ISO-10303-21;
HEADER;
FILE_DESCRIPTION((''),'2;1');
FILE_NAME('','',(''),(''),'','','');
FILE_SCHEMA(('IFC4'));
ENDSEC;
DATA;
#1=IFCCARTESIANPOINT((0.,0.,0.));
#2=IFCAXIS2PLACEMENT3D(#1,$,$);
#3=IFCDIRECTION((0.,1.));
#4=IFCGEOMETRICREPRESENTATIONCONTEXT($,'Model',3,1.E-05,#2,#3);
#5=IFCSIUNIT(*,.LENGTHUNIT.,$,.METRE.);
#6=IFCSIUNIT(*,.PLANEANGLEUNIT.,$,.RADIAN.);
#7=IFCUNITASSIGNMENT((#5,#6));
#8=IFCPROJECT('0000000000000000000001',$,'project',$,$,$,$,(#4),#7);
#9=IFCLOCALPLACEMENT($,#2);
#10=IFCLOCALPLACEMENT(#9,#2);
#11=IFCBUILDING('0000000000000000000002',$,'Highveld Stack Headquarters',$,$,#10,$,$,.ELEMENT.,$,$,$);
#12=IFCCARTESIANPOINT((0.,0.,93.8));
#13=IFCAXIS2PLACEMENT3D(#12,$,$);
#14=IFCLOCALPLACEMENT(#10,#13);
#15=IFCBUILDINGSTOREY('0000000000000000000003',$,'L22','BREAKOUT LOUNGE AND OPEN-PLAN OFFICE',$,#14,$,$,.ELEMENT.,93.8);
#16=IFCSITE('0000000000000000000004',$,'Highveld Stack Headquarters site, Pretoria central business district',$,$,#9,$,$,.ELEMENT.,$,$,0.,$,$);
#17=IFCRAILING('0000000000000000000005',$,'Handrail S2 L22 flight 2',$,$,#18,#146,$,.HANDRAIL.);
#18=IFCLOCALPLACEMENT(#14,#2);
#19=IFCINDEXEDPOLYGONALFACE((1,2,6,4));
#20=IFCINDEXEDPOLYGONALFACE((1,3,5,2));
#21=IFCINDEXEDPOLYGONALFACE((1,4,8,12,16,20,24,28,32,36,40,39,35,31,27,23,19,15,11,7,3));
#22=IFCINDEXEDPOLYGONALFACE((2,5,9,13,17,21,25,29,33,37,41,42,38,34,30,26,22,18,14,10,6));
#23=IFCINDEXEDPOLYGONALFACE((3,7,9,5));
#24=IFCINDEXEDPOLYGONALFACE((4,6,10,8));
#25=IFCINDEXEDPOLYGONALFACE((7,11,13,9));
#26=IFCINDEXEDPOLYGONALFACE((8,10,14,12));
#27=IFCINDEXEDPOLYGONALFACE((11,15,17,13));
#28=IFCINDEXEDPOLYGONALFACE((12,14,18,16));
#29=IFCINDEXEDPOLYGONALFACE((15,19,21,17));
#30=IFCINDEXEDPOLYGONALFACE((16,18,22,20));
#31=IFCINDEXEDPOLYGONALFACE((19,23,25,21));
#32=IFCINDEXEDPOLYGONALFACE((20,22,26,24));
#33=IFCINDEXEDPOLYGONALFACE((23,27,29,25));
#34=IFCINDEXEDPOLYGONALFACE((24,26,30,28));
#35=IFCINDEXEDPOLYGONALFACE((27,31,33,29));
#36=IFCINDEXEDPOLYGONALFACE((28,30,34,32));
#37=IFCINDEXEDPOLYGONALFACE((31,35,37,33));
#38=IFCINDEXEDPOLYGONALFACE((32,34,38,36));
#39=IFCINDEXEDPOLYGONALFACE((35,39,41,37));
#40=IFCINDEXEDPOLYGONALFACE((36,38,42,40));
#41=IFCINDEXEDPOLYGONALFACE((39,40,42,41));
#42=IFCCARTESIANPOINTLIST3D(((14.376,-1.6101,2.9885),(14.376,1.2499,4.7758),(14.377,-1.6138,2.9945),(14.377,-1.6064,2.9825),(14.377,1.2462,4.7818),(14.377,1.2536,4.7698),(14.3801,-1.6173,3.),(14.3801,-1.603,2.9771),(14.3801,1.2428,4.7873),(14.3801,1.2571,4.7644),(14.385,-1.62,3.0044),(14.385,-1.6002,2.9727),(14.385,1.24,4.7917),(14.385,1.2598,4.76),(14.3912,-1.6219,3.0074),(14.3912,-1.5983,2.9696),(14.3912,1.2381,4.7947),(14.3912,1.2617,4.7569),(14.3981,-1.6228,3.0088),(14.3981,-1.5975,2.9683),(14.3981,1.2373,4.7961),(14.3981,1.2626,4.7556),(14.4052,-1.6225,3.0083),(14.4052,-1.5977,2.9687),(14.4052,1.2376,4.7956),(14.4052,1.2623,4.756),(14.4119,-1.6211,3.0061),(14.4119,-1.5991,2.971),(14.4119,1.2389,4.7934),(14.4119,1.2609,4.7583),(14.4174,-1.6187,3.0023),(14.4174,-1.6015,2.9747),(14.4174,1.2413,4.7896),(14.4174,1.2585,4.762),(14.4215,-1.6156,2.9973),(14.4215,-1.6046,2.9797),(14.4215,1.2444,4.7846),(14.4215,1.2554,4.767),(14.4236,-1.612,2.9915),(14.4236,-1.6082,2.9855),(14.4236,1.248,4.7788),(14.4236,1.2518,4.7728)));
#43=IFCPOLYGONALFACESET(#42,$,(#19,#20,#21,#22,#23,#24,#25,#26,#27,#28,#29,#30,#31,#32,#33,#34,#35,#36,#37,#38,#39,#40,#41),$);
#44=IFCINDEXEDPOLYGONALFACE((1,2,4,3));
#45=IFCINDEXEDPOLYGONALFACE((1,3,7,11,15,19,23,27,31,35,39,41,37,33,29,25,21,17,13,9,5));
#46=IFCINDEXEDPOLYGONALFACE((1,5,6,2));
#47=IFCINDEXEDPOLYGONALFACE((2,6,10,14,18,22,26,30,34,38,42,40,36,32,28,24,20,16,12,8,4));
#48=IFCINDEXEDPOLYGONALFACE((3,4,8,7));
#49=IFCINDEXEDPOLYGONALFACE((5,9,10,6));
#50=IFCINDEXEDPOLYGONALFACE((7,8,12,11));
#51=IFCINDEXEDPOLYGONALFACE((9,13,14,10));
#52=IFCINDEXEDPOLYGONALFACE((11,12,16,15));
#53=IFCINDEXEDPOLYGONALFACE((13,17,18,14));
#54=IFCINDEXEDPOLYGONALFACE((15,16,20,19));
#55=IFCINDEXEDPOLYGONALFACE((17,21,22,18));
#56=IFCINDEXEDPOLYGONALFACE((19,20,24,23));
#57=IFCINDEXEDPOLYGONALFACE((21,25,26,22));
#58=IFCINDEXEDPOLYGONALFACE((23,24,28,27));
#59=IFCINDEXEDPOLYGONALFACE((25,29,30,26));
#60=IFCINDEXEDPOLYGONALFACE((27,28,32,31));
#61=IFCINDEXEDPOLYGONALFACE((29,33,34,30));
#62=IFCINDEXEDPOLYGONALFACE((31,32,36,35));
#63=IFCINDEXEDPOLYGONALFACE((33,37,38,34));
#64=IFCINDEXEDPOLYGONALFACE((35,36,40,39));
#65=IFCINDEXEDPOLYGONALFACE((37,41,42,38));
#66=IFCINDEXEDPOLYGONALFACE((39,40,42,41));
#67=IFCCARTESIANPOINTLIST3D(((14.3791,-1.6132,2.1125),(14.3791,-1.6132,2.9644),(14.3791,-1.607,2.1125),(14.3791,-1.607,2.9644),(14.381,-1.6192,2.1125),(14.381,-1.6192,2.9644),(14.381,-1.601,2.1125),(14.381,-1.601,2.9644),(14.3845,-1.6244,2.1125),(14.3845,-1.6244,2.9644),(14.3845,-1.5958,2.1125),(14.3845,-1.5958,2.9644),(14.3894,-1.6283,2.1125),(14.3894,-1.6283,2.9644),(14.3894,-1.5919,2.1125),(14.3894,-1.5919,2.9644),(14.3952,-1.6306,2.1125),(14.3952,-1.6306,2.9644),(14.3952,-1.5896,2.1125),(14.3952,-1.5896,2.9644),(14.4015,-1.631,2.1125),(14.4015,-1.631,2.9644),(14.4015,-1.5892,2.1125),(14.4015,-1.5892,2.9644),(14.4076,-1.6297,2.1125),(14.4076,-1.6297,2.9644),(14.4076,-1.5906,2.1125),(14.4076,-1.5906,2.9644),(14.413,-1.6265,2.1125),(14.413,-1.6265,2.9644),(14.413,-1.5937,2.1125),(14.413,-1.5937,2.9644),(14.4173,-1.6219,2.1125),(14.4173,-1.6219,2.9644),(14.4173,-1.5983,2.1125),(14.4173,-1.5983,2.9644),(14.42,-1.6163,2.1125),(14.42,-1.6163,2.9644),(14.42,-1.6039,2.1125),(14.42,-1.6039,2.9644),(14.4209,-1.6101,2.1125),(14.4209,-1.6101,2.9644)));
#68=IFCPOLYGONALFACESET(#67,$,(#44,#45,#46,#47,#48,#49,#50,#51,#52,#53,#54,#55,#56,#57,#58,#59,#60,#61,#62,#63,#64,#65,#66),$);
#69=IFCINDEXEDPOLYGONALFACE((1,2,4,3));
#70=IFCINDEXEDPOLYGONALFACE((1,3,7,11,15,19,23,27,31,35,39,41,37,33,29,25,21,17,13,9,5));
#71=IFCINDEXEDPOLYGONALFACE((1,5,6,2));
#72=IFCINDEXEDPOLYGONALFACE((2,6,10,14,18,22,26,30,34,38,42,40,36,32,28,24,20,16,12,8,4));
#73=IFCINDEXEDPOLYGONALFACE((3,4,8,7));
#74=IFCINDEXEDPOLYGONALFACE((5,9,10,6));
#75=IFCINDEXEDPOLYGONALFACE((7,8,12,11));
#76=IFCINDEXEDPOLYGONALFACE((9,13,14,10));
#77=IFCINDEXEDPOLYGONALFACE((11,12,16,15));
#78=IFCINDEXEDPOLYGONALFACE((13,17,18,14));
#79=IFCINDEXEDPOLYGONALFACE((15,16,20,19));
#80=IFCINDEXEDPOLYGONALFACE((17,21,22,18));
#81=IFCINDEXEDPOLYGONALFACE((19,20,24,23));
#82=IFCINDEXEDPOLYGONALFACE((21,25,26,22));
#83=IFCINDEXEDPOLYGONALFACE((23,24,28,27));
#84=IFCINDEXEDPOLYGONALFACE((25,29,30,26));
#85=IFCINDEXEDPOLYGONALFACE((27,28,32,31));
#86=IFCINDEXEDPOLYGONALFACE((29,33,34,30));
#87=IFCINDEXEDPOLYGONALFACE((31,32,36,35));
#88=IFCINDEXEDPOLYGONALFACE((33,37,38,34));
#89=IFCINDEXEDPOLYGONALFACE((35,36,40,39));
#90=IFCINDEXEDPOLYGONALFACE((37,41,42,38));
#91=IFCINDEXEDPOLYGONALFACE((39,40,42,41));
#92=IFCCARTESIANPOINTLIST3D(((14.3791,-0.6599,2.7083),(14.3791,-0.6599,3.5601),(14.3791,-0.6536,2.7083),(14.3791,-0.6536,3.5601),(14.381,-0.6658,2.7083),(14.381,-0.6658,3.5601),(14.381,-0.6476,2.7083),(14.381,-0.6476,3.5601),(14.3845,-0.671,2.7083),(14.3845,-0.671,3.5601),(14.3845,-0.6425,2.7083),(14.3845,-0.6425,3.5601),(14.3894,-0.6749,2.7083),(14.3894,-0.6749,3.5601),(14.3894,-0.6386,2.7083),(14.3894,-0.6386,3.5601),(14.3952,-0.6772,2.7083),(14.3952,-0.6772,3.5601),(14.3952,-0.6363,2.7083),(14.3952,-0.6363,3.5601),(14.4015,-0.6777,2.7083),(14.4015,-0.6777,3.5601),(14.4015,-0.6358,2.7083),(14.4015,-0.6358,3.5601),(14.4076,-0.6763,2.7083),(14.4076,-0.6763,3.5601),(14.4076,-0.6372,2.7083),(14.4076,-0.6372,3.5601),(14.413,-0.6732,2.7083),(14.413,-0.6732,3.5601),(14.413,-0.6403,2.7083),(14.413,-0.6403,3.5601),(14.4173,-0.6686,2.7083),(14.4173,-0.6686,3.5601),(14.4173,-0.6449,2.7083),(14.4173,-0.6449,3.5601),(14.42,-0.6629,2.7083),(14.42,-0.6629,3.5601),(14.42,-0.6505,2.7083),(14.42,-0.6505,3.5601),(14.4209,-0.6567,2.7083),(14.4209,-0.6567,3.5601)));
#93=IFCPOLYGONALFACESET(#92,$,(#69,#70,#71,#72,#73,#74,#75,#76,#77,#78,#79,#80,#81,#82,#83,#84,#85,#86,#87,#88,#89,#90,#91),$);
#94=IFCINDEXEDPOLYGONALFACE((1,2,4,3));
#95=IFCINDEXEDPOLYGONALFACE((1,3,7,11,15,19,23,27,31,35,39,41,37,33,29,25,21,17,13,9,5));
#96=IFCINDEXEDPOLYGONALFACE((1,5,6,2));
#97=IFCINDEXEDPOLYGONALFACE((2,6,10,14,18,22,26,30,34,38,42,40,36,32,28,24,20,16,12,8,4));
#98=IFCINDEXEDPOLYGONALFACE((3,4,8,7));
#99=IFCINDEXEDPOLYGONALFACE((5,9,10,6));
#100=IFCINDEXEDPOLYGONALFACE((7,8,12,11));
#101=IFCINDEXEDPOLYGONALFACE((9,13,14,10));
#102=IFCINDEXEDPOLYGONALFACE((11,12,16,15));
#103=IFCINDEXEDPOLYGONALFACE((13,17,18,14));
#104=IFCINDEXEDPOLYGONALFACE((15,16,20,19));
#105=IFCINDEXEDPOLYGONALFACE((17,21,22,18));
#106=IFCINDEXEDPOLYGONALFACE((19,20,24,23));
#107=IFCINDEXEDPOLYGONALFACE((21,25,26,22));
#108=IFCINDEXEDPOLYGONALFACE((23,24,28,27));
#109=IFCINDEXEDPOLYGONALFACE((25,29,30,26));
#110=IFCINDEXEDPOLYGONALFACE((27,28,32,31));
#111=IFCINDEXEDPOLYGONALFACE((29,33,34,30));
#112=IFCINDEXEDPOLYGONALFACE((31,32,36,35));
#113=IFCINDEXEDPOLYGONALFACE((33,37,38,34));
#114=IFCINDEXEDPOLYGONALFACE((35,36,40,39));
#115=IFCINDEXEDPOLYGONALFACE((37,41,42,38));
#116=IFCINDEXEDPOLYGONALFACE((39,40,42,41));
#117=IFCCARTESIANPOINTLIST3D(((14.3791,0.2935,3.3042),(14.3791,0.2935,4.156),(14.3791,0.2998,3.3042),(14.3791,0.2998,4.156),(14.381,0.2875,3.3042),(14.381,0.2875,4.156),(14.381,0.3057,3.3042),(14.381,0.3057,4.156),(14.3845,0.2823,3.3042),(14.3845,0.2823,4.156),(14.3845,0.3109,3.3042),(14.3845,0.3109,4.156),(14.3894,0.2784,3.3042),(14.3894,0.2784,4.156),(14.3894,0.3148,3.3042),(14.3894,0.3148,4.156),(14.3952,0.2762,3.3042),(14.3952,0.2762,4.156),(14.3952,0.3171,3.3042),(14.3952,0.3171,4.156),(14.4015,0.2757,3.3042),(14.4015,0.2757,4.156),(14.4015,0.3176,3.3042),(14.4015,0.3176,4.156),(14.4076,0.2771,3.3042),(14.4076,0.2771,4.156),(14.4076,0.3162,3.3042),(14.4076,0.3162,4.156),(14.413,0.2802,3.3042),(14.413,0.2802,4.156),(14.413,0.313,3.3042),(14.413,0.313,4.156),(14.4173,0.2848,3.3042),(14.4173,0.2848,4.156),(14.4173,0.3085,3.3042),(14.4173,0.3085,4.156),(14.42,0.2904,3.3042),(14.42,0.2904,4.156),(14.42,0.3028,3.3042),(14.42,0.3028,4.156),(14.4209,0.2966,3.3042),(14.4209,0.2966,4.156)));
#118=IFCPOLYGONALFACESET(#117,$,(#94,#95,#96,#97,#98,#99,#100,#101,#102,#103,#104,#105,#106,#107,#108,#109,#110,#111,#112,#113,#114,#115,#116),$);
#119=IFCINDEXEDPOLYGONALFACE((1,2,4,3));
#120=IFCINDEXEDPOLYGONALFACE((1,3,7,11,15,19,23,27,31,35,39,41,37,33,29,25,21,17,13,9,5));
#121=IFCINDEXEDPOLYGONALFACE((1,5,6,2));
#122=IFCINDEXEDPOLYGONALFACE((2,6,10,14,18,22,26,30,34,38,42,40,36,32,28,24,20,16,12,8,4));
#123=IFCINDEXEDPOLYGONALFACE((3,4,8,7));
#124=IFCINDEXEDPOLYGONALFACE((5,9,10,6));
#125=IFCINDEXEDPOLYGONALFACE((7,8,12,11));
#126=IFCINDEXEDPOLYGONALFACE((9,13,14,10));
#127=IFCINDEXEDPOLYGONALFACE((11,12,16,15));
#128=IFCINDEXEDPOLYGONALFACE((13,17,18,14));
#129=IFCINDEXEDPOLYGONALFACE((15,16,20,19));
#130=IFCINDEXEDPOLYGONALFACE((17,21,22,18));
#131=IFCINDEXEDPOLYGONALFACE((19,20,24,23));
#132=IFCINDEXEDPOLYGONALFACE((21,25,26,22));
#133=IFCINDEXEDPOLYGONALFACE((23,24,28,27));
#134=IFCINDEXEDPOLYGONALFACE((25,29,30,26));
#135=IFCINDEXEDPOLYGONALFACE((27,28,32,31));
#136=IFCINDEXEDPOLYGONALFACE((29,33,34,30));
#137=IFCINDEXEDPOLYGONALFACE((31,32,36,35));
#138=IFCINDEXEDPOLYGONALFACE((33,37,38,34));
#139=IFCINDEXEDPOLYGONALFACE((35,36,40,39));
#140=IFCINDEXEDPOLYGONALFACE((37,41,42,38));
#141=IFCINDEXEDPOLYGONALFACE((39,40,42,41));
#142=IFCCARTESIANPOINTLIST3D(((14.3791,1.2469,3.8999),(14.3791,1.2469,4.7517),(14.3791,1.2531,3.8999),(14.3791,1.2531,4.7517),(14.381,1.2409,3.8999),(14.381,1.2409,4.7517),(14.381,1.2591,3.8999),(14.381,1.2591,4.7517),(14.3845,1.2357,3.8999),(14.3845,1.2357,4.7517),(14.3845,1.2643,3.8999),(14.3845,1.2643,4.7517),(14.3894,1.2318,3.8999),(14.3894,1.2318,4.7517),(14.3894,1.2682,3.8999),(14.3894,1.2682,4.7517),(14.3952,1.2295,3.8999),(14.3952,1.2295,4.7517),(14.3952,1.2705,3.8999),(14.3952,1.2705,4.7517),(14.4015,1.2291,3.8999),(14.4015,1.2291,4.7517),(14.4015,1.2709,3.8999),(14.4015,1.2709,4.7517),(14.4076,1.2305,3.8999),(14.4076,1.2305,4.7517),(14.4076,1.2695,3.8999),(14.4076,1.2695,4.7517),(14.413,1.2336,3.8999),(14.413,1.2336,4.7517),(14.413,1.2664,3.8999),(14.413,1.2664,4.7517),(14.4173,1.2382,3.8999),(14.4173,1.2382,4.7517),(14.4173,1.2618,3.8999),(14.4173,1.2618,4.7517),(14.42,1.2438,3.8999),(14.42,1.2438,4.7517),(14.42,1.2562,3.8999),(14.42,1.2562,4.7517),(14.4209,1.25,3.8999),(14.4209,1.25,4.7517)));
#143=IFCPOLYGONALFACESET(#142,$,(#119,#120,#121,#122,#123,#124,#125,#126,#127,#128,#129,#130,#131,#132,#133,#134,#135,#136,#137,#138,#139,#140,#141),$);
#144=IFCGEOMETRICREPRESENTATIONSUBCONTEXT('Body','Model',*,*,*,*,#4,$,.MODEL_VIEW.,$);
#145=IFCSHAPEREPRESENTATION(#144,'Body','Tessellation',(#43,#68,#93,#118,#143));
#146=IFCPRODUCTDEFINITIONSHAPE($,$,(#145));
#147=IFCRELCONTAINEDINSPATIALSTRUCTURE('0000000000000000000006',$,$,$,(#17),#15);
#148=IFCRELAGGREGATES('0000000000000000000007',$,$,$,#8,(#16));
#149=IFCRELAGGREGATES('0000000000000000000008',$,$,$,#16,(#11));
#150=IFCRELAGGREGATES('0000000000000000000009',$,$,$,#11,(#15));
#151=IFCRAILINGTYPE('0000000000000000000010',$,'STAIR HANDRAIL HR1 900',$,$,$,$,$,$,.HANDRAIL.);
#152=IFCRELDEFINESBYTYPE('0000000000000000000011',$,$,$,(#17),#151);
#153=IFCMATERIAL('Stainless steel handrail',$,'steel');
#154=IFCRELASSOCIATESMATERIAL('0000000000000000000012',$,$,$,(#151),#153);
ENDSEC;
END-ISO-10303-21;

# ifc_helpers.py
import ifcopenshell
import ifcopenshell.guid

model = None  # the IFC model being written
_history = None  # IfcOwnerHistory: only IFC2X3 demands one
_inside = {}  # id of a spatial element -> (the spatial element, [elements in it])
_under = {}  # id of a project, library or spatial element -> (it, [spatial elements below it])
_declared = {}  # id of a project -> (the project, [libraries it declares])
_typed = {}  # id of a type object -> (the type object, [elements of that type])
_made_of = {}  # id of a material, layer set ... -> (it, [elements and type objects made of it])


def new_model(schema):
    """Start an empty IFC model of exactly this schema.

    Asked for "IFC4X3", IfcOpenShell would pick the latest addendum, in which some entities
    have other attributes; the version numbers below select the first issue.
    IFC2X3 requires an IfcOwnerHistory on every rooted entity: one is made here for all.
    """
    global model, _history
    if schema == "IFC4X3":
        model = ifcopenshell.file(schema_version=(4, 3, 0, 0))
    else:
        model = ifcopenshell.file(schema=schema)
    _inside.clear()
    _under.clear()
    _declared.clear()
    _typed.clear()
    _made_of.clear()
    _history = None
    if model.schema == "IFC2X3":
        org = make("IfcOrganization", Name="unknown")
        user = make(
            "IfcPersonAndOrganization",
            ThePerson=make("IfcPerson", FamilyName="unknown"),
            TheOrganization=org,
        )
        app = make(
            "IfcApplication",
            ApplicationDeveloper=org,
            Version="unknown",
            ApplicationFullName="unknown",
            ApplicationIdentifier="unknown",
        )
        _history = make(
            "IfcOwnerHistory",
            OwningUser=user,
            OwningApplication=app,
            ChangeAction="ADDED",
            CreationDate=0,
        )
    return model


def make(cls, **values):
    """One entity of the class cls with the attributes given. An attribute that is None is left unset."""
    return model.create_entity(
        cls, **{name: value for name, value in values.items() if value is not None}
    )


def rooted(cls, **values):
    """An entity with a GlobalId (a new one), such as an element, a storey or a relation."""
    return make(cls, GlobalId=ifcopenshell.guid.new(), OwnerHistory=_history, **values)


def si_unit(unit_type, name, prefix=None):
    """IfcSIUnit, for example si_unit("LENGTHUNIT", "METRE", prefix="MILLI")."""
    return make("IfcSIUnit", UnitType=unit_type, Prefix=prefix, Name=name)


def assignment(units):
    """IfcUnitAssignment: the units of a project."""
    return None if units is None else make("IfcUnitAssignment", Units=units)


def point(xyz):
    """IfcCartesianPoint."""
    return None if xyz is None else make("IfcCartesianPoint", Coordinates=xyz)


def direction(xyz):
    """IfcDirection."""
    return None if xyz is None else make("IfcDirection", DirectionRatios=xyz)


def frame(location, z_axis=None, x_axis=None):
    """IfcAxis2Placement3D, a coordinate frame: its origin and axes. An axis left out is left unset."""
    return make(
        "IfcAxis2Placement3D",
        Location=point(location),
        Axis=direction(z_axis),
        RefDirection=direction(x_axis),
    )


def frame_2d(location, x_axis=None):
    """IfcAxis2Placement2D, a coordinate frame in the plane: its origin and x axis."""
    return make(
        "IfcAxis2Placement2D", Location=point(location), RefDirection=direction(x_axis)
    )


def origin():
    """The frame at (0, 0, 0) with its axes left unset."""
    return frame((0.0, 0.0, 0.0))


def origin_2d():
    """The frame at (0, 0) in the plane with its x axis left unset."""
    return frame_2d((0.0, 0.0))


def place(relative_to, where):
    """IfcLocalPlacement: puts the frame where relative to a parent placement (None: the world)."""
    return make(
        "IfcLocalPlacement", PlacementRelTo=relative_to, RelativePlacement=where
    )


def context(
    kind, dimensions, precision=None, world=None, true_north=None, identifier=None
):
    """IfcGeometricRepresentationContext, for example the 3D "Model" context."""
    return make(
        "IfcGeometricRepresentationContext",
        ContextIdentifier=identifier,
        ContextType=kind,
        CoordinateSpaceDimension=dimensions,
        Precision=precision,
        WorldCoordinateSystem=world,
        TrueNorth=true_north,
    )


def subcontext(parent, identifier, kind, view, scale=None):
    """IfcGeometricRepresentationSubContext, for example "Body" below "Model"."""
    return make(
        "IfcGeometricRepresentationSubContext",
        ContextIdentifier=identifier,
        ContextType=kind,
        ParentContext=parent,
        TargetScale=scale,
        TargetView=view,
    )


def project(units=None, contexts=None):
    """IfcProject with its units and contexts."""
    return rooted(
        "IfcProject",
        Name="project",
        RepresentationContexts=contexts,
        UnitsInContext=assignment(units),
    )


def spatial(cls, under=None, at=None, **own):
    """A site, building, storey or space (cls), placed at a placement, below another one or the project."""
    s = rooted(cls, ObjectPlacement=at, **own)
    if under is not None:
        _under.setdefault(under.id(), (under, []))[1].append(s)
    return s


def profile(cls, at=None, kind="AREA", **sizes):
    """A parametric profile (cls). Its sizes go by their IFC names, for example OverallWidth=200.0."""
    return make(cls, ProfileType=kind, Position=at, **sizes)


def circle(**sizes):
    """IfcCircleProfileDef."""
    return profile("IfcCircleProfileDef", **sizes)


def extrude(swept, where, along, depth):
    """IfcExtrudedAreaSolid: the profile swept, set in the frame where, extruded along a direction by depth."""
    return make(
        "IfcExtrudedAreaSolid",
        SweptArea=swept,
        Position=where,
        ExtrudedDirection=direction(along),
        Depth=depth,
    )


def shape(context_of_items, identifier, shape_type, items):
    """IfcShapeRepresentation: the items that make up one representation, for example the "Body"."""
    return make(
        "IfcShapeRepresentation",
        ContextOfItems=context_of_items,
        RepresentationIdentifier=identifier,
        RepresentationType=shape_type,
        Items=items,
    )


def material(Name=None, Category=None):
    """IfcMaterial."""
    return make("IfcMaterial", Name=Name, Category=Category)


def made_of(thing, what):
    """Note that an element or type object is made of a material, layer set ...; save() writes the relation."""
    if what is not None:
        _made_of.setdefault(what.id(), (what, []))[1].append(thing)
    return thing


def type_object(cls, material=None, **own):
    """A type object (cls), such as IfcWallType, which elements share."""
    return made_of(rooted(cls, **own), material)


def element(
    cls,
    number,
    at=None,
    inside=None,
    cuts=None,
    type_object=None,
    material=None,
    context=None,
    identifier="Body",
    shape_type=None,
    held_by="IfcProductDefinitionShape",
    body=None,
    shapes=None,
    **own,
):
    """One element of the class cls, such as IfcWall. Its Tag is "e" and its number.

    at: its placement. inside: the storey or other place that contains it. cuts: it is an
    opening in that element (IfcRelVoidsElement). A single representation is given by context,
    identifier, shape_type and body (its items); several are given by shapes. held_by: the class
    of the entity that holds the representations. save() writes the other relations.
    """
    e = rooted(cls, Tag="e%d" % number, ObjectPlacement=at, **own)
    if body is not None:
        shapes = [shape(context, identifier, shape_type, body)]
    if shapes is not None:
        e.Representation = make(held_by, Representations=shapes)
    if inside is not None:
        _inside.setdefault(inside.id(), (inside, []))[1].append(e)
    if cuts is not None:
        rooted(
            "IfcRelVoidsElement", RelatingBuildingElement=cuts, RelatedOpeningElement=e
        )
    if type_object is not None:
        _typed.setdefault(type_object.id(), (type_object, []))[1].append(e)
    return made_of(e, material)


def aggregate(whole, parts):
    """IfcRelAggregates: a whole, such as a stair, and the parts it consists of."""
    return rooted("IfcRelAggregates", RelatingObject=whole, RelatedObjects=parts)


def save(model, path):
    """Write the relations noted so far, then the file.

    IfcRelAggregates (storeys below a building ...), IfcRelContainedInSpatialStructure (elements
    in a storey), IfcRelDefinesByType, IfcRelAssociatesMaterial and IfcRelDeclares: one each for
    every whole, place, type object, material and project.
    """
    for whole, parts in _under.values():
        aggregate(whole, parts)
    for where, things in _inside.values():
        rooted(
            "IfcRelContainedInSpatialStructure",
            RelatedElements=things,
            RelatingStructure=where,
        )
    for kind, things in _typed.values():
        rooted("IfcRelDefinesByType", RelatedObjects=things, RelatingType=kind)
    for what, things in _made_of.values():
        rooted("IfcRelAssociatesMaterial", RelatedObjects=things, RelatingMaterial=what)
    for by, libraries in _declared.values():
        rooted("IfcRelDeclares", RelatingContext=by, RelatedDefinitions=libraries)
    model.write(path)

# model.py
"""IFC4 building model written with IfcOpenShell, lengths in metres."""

from ifc_helpers import new_model, si_unit, direction, frame, origin, origin_2d, place, context, subcontext, project, spatial, circle, extrude, material, type_object, element, save


model = new_model("IFC4")

# Units and contexts
model_context = context("Model", 3, precision=1e-05, world=origin(), true_north=direction((0.0, 1.0)))
body_context = subcontext(model_context, "Body", "Model", "MODEL_VIEW")
ifc_project = project(units=[si_unit("LENGTHUNIT", "METRE"), si_unit("PLANEANGLEUNIT", "RADIAN")], contexts=[model_context])

# Site, building, storey
site_placement = place(None, origin())
site = spatial("IfcSite", under=ifc_project, at=site_placement, Name="Highveld Stack Headquarters site, Pretoria central business district", CompositionType="ELEMENT", RefElevation=0.0)
building_placement = place(site_placement, origin())
building = spatial("IfcBuilding", under=site, at=building_placement, Name="Highveld Stack Headquarters", CompositionType="ELEMENT")
storey_placement = place(building_placement, frame((0.0, 0.0, 93.8)))
storey = spatial("IfcBuildingStorey", under=building, at=storey_placement, Name="L22", Description="BREAKOUT LOUNGE AND OPEN-PLAN OFFICE", CompositionType="ELEMENT", Elevation=93.8)

# Railing
ifc_material_1 = material(Name="Stainless steel handrail", Category="steel")
railing_type = type_object("IfcRailingType", Name="STAIR HANDRAIL HR1 900", PredefinedType="HANDRAIL", material=ifc_material_1)
for number, where, name in (
    (1, (14.3999, -1.6101, 2.1125), "Handrail S2 L22 flight 2"),
):
    element("IfcRailing", number, at=place(storey_placement, frame(where)), inside=storey, type_object=railing_type, Name=name, PredefinedType="HANDRAIL", context=body_context, shape_type="SweptSolid", body=[
        extrude(circle(Radius=0.0239, at=origin_2d()), frame((0.0, 0.0, 0.876), z_axis=(0.0, 0.848027, 0.529953), x_axis=(-1.0, 0.0, 0.0)), (0.0, 0.0, 1.0), 3.3726),
        extrude(circle(Radius=0.021, at=origin_2d()), origin(), (0.0, 0.0, 1.0), 0.8518),
        extrude(circle(Radius=0.021, at=origin_2d()), frame((0.0, 0.9534, 0.5957)), (0.0, 0.0, 1.0), 0.8518),
        extrude(circle(Radius=0.021, at=origin_2d()), frame((0.0, 1.9067, 1.1917)), (0.0, 0.0, 1.0), 0.8518),
        extrude(circle(Radius=0.021, at=origin_2d()), frame((0.0, 2.8601, 1.7874)), (0.0, 0.0, 1.0), 0.8518),
    ])

save(model, "model.ifc")
